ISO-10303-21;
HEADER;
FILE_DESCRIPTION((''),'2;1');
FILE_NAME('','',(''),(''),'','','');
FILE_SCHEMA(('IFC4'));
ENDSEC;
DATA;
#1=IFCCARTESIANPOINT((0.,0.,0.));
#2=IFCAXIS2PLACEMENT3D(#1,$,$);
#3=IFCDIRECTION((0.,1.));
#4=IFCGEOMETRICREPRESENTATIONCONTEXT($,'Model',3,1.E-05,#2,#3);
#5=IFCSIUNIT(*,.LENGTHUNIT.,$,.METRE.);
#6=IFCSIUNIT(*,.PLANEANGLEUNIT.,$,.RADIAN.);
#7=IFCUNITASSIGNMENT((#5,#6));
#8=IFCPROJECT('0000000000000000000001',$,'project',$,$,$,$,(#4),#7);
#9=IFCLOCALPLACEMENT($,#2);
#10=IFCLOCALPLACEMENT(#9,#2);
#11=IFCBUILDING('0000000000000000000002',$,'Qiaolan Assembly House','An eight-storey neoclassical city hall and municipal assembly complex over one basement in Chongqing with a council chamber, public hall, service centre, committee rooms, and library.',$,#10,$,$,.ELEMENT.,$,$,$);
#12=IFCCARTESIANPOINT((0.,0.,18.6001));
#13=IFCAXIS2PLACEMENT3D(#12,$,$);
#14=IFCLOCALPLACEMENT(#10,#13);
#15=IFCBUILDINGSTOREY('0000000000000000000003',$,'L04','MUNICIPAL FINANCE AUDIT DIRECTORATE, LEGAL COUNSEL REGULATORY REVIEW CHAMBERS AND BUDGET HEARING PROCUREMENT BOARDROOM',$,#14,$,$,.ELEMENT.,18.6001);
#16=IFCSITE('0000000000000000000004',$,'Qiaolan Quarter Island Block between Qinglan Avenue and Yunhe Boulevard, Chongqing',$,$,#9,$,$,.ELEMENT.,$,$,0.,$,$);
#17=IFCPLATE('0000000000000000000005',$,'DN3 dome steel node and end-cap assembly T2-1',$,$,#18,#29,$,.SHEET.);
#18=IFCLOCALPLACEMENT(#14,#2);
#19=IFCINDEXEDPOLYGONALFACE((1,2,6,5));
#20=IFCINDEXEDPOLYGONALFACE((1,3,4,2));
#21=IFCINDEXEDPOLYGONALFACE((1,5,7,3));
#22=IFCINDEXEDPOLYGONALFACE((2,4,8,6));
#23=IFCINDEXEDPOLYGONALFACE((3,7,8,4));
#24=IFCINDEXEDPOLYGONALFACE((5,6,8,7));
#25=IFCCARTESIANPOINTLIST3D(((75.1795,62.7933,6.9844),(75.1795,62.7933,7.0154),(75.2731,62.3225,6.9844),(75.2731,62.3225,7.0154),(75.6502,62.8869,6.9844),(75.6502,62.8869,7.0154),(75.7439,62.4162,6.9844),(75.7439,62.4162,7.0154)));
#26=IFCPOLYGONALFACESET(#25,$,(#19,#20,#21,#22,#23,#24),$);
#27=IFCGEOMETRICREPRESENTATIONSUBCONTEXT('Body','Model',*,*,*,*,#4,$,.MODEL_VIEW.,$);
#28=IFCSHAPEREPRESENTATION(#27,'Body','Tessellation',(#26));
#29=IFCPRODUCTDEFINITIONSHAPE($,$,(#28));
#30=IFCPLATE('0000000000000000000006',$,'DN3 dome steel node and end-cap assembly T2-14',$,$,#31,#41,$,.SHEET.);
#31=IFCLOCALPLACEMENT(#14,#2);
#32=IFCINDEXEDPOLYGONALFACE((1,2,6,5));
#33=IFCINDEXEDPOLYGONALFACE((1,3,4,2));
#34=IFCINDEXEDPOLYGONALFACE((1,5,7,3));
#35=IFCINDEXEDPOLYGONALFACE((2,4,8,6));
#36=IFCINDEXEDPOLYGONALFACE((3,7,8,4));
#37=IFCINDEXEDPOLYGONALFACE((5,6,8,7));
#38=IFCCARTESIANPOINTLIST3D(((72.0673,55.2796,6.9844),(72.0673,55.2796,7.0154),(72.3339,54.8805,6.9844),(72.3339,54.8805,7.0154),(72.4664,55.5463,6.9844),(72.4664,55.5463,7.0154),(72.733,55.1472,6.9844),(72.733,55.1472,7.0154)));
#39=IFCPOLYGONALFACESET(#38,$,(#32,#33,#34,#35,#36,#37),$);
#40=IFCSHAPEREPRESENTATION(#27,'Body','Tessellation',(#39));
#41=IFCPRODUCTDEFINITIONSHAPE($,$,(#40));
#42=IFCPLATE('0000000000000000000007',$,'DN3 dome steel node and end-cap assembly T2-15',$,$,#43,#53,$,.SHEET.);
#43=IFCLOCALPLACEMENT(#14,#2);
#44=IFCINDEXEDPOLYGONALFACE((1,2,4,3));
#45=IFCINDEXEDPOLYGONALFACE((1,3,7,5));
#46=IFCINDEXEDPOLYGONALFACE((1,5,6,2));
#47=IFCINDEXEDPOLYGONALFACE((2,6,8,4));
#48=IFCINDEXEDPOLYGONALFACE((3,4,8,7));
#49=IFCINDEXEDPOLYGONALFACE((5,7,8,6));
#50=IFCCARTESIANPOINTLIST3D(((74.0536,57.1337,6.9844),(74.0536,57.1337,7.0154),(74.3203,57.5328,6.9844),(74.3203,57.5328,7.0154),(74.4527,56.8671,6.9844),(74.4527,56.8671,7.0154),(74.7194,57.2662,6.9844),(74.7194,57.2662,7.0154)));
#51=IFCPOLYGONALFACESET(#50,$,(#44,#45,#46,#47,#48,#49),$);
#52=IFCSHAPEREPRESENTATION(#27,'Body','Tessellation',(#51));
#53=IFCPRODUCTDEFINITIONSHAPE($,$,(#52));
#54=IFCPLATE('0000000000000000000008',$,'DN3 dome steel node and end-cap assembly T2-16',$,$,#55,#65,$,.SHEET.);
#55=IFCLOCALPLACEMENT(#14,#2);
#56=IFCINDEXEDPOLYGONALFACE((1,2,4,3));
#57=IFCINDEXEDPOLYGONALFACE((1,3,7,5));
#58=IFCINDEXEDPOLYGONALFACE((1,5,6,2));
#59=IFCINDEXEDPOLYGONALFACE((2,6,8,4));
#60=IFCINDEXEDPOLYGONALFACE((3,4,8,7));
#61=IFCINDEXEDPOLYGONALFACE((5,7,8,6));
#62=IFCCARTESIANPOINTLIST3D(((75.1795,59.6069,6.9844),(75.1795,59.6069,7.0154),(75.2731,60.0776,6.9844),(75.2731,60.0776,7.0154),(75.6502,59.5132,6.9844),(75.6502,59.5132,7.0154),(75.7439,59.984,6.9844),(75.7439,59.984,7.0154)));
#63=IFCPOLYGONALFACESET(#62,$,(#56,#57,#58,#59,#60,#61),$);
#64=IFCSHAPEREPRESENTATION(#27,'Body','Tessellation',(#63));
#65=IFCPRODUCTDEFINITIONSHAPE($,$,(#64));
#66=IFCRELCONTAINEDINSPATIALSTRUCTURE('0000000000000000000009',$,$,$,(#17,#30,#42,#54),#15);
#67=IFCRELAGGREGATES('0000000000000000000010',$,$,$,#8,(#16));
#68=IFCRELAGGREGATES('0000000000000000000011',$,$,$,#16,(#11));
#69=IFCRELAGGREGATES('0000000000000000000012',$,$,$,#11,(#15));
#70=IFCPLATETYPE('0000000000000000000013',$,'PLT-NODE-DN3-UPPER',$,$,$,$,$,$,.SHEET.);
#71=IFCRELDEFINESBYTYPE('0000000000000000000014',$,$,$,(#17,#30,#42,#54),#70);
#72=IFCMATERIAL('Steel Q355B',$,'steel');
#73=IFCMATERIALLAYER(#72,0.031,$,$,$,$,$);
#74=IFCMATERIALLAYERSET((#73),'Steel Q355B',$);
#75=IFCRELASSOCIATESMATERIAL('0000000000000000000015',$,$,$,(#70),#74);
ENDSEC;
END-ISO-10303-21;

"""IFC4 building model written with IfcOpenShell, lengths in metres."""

from ifc_helpers import new_model, si_unit, direction, frame, origin, origin_2d, place, context, subcontext, project, spatial, rectangle, extrude, material, layer, layer_set, type_object, element, save


model = new_model("IFC4")

# Units and contexts
model_context = context("Model", 3, precision=1e-05, world=origin(), true_north=direction((0.0, 1.0)))
body_context = subcontext(model_context, "Body", "Model", "MODEL_VIEW")
ifc_project = project(units=[si_unit("LENGTHUNIT", "METRE"), si_unit("PLANEANGLEUNIT", "RADIAN")], contexts=[model_context])

# Site, building, storey
site_placement = place(None, origin())
site = spatial("IfcSite", under=ifc_project, at=site_placement, Name="Qiaolan Quarter Island Block between Qinglan Avenue and Yunhe Boulevard, Chongqing", CompositionType="ELEMENT", RefElevation=0.0)
building_placement = place(site_placement, origin())
building = spatial("IfcBuilding", under=site, at=building_placement, Name="Qiaolan Assembly House", Description="An eight-storey neoclassical city hall and municipal assembly complex over one basement in Chongqing with a council chamber, public hall, service centre, committee rooms, and library.", CompositionType="ELEMENT")
storey_placement = place(building_placement, frame((0.0, 0.0, 18.6001)))
storey = spatial("IfcBuildingStorey", under=building, at=storey_placement, Name="L04", Description="MUNICIPAL FINANCE AUDIT DIRECTORATE, LEGAL COUNSEL REGULATORY REVIEW CHAMBERS AND BUDGET HEARING PROCUREMENT BOARDROOM", CompositionType="ELEMENT", Elevation=18.6001)

# Shared definitions
ifc_material_1 = material(Name="Steel Q355B", Category="steel")

# Plates
ifc_layer_1 = layer(ifc_material_1, 0.031)
ifc_layer_set_1 = layer_set([ifc_layer_1], Name="Steel Q355B")
plate_type_1 = type_object("IfcPlateType", Name="PLT-NODE-DN3-UPPER", PredefinedType="SHEET", material=ifc_layer_set_1)
for number, where, z_axis, x_axis, name in (
    (1, (75.4617, 62.6047, 6.9844), (0.0, 0.0, 1.0), (0.980785, 0.19509, 0.0), "DN3 dome steel node and end-cap assembly T2-1"),
    (2, (72.4001, 55.2134, 6.9844), (0.0, 0.0, 1.0), (0.55557, -0.83147, 0.0), "DN3 dome steel node and end-cap assembly T2-14"),
    (3, (74.3865, 57.2, 6.9844), (0.0, 0.0, 1.0), (0.83147, -0.55557, 0.0), "DN3 dome steel node and end-cap assembly T2-15"),
    (4, (75.4617, 59.7954, 6.9844), (0.0, 0.0, 1.0), (0.980785, -0.19509, 0.0), "DN3 dome steel node and end-cap assembly T2-16"),
):
    element("IfcPlate", number, at=place(storey_placement, frame(where, z_axis=z_axis, x_axis=x_axis)), inside=storey, type_object=plate_type_1, Name=name, PredefinedType="SHEET", context=body_context, shape_type="SweptSolid", body=[
        extrude(rectangle(XDim=0.48, YDim=0.48, at=origin_2d()), origin(), (0.0, 0.0, 1.0), 0.031),
    ])

save(model, "model.ifc")
